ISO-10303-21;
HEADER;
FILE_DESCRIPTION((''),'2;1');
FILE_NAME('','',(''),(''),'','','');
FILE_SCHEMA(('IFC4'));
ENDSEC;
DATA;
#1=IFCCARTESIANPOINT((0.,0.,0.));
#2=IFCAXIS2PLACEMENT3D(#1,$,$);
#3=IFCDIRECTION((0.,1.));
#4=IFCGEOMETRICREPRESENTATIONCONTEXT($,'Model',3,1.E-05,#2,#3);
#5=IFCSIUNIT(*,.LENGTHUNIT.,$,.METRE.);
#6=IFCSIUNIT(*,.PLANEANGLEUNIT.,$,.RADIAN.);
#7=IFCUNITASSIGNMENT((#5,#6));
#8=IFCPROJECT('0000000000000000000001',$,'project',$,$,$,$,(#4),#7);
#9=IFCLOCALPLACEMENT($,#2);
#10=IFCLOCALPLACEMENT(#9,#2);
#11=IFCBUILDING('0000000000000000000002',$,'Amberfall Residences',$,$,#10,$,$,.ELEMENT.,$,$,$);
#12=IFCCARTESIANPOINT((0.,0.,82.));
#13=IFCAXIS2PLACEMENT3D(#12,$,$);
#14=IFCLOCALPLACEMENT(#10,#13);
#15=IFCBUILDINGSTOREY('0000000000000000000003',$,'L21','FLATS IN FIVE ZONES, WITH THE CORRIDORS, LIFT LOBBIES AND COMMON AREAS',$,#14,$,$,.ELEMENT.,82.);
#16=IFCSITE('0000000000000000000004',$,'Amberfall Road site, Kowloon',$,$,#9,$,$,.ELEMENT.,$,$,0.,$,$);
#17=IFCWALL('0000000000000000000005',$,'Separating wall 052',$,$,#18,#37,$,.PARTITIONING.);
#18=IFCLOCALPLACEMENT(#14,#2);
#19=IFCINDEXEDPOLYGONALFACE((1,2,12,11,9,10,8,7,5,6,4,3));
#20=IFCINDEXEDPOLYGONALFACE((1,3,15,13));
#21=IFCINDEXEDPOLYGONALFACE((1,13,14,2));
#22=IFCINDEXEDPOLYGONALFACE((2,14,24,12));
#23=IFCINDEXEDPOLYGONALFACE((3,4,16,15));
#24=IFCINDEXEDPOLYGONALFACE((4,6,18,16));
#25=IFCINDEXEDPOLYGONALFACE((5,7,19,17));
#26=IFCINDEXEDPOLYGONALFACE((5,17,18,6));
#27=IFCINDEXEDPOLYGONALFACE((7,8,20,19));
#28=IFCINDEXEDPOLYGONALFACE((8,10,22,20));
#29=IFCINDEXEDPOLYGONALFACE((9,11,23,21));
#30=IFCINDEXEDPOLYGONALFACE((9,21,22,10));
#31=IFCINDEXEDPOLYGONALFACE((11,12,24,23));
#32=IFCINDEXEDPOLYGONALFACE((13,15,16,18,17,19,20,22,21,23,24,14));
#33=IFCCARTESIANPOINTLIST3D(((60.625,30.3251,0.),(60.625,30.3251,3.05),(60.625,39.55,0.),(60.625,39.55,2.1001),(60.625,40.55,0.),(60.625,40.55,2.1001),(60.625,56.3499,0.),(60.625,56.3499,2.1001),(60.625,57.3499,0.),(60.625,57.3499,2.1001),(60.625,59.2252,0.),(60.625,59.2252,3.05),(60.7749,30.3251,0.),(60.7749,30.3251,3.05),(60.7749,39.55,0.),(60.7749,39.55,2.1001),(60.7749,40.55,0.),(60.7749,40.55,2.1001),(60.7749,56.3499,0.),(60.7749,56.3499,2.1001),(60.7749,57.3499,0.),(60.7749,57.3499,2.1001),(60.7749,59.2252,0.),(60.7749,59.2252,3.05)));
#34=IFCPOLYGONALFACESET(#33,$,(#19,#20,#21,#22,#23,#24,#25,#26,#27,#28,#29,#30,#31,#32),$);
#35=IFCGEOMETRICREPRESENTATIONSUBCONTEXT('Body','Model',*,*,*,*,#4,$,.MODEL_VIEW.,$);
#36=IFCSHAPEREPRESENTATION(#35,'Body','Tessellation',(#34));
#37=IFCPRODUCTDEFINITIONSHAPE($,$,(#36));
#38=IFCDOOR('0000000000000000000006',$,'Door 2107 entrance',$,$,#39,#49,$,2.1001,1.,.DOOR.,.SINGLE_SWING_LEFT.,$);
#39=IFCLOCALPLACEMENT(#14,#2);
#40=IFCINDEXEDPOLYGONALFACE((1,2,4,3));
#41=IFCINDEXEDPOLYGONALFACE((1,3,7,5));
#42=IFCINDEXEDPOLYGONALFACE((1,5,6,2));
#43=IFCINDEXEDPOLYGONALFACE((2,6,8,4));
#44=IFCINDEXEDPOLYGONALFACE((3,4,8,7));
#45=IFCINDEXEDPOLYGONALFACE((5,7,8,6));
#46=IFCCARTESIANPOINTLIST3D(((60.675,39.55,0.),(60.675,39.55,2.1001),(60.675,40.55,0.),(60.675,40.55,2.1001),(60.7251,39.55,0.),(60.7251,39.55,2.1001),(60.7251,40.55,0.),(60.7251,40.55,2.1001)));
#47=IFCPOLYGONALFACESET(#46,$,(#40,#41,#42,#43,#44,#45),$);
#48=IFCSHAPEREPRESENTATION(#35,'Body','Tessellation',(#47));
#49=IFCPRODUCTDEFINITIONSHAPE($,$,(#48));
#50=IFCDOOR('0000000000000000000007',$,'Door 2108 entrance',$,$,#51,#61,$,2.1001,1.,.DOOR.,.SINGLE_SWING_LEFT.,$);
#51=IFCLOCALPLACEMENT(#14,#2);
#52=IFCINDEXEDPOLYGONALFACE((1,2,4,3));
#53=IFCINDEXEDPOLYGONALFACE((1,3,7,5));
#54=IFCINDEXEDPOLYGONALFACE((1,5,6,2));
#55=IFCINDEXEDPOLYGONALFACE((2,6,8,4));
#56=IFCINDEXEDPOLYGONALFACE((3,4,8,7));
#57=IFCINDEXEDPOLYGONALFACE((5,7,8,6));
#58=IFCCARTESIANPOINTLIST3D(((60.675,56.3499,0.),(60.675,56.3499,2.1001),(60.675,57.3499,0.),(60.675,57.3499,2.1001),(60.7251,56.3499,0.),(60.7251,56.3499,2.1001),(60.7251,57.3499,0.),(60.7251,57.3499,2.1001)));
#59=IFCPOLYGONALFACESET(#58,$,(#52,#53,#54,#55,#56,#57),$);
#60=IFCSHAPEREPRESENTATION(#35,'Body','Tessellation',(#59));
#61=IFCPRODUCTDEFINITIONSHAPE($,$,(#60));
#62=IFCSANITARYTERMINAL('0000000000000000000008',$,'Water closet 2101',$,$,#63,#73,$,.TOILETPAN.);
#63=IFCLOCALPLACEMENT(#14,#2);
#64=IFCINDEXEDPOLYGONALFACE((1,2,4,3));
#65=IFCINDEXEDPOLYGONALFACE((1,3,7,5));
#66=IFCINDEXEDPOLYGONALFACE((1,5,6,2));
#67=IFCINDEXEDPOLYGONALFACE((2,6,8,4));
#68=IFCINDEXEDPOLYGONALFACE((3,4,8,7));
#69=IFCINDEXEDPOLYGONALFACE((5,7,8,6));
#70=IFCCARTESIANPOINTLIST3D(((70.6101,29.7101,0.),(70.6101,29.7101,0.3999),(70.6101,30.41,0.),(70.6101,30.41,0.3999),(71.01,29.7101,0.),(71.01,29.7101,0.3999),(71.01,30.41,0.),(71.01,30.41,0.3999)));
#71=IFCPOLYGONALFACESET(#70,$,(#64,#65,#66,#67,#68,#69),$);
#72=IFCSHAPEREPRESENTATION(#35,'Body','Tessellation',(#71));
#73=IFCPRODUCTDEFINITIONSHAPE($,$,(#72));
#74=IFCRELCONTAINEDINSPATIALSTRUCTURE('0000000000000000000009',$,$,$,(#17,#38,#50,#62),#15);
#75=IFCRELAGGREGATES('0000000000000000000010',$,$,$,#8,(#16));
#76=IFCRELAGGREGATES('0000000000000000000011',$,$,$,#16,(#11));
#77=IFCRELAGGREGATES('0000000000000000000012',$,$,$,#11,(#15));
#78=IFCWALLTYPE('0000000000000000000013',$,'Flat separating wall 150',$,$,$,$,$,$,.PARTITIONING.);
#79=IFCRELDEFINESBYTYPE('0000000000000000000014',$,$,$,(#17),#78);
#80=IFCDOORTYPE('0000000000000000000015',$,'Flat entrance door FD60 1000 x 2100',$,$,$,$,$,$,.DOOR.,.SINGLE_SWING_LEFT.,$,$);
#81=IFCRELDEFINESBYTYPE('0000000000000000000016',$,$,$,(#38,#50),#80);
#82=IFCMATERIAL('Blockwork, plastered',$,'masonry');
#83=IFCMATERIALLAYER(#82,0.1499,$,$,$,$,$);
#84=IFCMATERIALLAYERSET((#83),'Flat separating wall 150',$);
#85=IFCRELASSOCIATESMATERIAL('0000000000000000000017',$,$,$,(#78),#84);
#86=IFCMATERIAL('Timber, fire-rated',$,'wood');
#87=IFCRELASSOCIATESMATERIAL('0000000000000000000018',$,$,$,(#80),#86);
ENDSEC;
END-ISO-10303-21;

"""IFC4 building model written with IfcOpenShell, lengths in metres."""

from ifc_helpers import new_model, si_unit, direction, frame, frame_2d, origin, origin_2d, place, context, subcontext, project, spatial, rectangle, extrude, material, layer, layer_set, type_object, element, fill, save


model = new_model("IFC4")

# Units and contexts
model_context = context("Model", 3, precision=1e-05, world=origin(), true_north=direction((0.0, 1.0)))
body_context = subcontext(model_context, "Body", "Model", "MODEL_VIEW")
ifc_project = project(units=[si_unit("LENGTHUNIT", "METRE"), si_unit("PLANEANGLEUNIT", "RADIAN")], contexts=[model_context])

# Site, building, storey
site_placement = place(None, origin())
site = spatial("IfcSite", under=ifc_project, at=site_placement, Name="Amberfall Road site, Kowloon", CompositionType="ELEMENT", RefElevation=0.0)
building_placement = place(site_placement, origin())
building = spatial("IfcBuilding", under=site, at=building_placement, Name="Amberfall Residences", CompositionType="ELEMENT")
storey_placement = place(building_placement, frame((0.0, 0.0, 82.0)))
storey = spatial("IfcBuildingStorey", under=building, at=storey_placement, Name="L21", Description="FLATS IN FIVE ZONES, WITH THE CORRIDORS, LIFT LOBBIES AND COMMON AREAS", CompositionType="ELEMENT", Elevation=82.0)

# Wall, openings, doors
ifc_material_1 = material(Name="Blockwork, plastered", Category="masonry")
ifc_layer_1 = layer(ifc_material_1, 0.1499)
ifc_layer_set_1 = layer_set([ifc_layer_1], Name="Flat separating wall 150")
wall_type_1 = type_object("IfcWallType", Name="Flat separating wall 150", PredefinedType="PARTITIONING", material=ifc_layer_set_1)
wall_1_placement = place(storey_placement, frame((60.7, 30.325, 0.0), z_axis=(0.0, 0.0, 1.0), x_axis=(0.0, 1.0, 0.0)))
wall_1 = element("IfcWall", 1, at=wall_1_placement, inside=storey, type_object=wall_type_1, Name="Separating wall 052", PredefinedType="PARTITIONING", context=body_context, shape_type="SweptSolid", body=[
    extrude(rectangle(XDim=28.9001, YDim=0.1499, at=frame_2d((14.4502, 0.0))), origin(), (0.0, 0.0, 1.0), 3.05),
])
opening_1_placement = place(wall_1_placement, frame((9.2251, 0.0, 0.0)))
opening_1 = element("IfcOpeningElement", 2, at=opening_1_placement, cuts=wall_1, PredefinedType="OPENING", context=body_context, shape_type="SweptSolid", body=[
    extrude(rectangle(XDim=1.0, YDim=2.1001, at=frame_2d((0.5, 1.05))), frame((0.0, 0.085, 0.0), z_axis=(0.0, -1.0, 0.0), x_axis=(1.0, 0.0, 0.0)), (0.0, 0.0, 1.0), 0.1699),
])
opening_2_placement = place(wall_1_placement, frame((26.0249, 0.0, 0.0)))
opening_2 = element("IfcOpeningElement", 3, at=opening_2_placement, cuts=wall_1, PredefinedType="OPENING", context=body_context, shape_type="SweptSolid", body=[
    extrude(rectangle(XDim=1.0, YDim=2.1001, at=frame_2d((0.5, 1.05))), frame((0.0, 0.085, 0.0), z_axis=(0.0, -1.0, 0.0), x_axis=(1.0, 0.0, 0.0)), (0.0, 0.0, 1.0), 0.1699),
])
ifc_material_2 = material(Name="Timber, fire-rated", Category="wood")
door_type_1 = type_object("IfcDoorType", Name="Flat entrance door FD60 1000 x 2100", OperationType="SINGLE_SWING_LEFT", PredefinedType="DOOR", material=ifc_material_2)
door_1_placement = place(opening_1_placement, origin())
door_1 = element("IfcDoor", 4, at=door_1_placement, inside=storey, type_object=door_type_1, Name="Door 2107 entrance", OperationType="SINGLE_SWING_LEFT", OverallHeight=2.1001, OverallWidth=1.0, PredefinedType="DOOR", context=body_context, shape_type="SweptSolid", body=[
    extrude(rectangle(XDim=1.0, YDim=2.1001, at=frame_2d((0.5, 1.05))), frame((0.0, 0.0249, 0.0), z_axis=(0.0, -1.0, 0.0), x_axis=(1.0, 0.0, 0.0)), (0.0, 0.0, 1.0), 0.05),
])
fill(opening_1, door_1)
door_2_placement = place(opening_2_placement, origin())
door_2 = element("IfcDoor", 5, at=door_2_placement, inside=storey, type_object=door_type_1, Name="Door 2108 entrance", OperationType="SINGLE_SWING_LEFT", OverallHeight=2.1001, OverallWidth=1.0, PredefinedType="DOOR", context=body_context, shape_type="SweptSolid", body=[
    extrude(rectangle(XDim=1.0, YDim=2.1001, at=frame_2d((0.5, 1.05))), frame((0.0, 0.0249, 0.0), z_axis=(0.0, -1.0, 0.0), x_axis=(1.0, 0.0, 0.0)), (0.0, 0.0, 1.0), 0.05),
])
fill(opening_2, door_2)

# Sanitary terminal
sanitary_terminal_placement = place(storey_placement, frame((70.8101, 30.0601, 0.0), z_axis=(0.0, 0.0, 1.0), x_axis=(1.0, 0.0, 0.0)))
element("IfcSanitaryTerminal", 6, at=sanitary_terminal_placement, inside=storey, Name="Water closet 2101", PredefinedType="TOILETPAN", context=body_context, shape_type="SweptSolid", body=[
    extrude(rectangle(XDim=0.3999, YDim=0.7, at=origin_2d()), origin(), (0.0, 0.0, 1.0), 0.3999),
])

save(model, "model.ifc")
